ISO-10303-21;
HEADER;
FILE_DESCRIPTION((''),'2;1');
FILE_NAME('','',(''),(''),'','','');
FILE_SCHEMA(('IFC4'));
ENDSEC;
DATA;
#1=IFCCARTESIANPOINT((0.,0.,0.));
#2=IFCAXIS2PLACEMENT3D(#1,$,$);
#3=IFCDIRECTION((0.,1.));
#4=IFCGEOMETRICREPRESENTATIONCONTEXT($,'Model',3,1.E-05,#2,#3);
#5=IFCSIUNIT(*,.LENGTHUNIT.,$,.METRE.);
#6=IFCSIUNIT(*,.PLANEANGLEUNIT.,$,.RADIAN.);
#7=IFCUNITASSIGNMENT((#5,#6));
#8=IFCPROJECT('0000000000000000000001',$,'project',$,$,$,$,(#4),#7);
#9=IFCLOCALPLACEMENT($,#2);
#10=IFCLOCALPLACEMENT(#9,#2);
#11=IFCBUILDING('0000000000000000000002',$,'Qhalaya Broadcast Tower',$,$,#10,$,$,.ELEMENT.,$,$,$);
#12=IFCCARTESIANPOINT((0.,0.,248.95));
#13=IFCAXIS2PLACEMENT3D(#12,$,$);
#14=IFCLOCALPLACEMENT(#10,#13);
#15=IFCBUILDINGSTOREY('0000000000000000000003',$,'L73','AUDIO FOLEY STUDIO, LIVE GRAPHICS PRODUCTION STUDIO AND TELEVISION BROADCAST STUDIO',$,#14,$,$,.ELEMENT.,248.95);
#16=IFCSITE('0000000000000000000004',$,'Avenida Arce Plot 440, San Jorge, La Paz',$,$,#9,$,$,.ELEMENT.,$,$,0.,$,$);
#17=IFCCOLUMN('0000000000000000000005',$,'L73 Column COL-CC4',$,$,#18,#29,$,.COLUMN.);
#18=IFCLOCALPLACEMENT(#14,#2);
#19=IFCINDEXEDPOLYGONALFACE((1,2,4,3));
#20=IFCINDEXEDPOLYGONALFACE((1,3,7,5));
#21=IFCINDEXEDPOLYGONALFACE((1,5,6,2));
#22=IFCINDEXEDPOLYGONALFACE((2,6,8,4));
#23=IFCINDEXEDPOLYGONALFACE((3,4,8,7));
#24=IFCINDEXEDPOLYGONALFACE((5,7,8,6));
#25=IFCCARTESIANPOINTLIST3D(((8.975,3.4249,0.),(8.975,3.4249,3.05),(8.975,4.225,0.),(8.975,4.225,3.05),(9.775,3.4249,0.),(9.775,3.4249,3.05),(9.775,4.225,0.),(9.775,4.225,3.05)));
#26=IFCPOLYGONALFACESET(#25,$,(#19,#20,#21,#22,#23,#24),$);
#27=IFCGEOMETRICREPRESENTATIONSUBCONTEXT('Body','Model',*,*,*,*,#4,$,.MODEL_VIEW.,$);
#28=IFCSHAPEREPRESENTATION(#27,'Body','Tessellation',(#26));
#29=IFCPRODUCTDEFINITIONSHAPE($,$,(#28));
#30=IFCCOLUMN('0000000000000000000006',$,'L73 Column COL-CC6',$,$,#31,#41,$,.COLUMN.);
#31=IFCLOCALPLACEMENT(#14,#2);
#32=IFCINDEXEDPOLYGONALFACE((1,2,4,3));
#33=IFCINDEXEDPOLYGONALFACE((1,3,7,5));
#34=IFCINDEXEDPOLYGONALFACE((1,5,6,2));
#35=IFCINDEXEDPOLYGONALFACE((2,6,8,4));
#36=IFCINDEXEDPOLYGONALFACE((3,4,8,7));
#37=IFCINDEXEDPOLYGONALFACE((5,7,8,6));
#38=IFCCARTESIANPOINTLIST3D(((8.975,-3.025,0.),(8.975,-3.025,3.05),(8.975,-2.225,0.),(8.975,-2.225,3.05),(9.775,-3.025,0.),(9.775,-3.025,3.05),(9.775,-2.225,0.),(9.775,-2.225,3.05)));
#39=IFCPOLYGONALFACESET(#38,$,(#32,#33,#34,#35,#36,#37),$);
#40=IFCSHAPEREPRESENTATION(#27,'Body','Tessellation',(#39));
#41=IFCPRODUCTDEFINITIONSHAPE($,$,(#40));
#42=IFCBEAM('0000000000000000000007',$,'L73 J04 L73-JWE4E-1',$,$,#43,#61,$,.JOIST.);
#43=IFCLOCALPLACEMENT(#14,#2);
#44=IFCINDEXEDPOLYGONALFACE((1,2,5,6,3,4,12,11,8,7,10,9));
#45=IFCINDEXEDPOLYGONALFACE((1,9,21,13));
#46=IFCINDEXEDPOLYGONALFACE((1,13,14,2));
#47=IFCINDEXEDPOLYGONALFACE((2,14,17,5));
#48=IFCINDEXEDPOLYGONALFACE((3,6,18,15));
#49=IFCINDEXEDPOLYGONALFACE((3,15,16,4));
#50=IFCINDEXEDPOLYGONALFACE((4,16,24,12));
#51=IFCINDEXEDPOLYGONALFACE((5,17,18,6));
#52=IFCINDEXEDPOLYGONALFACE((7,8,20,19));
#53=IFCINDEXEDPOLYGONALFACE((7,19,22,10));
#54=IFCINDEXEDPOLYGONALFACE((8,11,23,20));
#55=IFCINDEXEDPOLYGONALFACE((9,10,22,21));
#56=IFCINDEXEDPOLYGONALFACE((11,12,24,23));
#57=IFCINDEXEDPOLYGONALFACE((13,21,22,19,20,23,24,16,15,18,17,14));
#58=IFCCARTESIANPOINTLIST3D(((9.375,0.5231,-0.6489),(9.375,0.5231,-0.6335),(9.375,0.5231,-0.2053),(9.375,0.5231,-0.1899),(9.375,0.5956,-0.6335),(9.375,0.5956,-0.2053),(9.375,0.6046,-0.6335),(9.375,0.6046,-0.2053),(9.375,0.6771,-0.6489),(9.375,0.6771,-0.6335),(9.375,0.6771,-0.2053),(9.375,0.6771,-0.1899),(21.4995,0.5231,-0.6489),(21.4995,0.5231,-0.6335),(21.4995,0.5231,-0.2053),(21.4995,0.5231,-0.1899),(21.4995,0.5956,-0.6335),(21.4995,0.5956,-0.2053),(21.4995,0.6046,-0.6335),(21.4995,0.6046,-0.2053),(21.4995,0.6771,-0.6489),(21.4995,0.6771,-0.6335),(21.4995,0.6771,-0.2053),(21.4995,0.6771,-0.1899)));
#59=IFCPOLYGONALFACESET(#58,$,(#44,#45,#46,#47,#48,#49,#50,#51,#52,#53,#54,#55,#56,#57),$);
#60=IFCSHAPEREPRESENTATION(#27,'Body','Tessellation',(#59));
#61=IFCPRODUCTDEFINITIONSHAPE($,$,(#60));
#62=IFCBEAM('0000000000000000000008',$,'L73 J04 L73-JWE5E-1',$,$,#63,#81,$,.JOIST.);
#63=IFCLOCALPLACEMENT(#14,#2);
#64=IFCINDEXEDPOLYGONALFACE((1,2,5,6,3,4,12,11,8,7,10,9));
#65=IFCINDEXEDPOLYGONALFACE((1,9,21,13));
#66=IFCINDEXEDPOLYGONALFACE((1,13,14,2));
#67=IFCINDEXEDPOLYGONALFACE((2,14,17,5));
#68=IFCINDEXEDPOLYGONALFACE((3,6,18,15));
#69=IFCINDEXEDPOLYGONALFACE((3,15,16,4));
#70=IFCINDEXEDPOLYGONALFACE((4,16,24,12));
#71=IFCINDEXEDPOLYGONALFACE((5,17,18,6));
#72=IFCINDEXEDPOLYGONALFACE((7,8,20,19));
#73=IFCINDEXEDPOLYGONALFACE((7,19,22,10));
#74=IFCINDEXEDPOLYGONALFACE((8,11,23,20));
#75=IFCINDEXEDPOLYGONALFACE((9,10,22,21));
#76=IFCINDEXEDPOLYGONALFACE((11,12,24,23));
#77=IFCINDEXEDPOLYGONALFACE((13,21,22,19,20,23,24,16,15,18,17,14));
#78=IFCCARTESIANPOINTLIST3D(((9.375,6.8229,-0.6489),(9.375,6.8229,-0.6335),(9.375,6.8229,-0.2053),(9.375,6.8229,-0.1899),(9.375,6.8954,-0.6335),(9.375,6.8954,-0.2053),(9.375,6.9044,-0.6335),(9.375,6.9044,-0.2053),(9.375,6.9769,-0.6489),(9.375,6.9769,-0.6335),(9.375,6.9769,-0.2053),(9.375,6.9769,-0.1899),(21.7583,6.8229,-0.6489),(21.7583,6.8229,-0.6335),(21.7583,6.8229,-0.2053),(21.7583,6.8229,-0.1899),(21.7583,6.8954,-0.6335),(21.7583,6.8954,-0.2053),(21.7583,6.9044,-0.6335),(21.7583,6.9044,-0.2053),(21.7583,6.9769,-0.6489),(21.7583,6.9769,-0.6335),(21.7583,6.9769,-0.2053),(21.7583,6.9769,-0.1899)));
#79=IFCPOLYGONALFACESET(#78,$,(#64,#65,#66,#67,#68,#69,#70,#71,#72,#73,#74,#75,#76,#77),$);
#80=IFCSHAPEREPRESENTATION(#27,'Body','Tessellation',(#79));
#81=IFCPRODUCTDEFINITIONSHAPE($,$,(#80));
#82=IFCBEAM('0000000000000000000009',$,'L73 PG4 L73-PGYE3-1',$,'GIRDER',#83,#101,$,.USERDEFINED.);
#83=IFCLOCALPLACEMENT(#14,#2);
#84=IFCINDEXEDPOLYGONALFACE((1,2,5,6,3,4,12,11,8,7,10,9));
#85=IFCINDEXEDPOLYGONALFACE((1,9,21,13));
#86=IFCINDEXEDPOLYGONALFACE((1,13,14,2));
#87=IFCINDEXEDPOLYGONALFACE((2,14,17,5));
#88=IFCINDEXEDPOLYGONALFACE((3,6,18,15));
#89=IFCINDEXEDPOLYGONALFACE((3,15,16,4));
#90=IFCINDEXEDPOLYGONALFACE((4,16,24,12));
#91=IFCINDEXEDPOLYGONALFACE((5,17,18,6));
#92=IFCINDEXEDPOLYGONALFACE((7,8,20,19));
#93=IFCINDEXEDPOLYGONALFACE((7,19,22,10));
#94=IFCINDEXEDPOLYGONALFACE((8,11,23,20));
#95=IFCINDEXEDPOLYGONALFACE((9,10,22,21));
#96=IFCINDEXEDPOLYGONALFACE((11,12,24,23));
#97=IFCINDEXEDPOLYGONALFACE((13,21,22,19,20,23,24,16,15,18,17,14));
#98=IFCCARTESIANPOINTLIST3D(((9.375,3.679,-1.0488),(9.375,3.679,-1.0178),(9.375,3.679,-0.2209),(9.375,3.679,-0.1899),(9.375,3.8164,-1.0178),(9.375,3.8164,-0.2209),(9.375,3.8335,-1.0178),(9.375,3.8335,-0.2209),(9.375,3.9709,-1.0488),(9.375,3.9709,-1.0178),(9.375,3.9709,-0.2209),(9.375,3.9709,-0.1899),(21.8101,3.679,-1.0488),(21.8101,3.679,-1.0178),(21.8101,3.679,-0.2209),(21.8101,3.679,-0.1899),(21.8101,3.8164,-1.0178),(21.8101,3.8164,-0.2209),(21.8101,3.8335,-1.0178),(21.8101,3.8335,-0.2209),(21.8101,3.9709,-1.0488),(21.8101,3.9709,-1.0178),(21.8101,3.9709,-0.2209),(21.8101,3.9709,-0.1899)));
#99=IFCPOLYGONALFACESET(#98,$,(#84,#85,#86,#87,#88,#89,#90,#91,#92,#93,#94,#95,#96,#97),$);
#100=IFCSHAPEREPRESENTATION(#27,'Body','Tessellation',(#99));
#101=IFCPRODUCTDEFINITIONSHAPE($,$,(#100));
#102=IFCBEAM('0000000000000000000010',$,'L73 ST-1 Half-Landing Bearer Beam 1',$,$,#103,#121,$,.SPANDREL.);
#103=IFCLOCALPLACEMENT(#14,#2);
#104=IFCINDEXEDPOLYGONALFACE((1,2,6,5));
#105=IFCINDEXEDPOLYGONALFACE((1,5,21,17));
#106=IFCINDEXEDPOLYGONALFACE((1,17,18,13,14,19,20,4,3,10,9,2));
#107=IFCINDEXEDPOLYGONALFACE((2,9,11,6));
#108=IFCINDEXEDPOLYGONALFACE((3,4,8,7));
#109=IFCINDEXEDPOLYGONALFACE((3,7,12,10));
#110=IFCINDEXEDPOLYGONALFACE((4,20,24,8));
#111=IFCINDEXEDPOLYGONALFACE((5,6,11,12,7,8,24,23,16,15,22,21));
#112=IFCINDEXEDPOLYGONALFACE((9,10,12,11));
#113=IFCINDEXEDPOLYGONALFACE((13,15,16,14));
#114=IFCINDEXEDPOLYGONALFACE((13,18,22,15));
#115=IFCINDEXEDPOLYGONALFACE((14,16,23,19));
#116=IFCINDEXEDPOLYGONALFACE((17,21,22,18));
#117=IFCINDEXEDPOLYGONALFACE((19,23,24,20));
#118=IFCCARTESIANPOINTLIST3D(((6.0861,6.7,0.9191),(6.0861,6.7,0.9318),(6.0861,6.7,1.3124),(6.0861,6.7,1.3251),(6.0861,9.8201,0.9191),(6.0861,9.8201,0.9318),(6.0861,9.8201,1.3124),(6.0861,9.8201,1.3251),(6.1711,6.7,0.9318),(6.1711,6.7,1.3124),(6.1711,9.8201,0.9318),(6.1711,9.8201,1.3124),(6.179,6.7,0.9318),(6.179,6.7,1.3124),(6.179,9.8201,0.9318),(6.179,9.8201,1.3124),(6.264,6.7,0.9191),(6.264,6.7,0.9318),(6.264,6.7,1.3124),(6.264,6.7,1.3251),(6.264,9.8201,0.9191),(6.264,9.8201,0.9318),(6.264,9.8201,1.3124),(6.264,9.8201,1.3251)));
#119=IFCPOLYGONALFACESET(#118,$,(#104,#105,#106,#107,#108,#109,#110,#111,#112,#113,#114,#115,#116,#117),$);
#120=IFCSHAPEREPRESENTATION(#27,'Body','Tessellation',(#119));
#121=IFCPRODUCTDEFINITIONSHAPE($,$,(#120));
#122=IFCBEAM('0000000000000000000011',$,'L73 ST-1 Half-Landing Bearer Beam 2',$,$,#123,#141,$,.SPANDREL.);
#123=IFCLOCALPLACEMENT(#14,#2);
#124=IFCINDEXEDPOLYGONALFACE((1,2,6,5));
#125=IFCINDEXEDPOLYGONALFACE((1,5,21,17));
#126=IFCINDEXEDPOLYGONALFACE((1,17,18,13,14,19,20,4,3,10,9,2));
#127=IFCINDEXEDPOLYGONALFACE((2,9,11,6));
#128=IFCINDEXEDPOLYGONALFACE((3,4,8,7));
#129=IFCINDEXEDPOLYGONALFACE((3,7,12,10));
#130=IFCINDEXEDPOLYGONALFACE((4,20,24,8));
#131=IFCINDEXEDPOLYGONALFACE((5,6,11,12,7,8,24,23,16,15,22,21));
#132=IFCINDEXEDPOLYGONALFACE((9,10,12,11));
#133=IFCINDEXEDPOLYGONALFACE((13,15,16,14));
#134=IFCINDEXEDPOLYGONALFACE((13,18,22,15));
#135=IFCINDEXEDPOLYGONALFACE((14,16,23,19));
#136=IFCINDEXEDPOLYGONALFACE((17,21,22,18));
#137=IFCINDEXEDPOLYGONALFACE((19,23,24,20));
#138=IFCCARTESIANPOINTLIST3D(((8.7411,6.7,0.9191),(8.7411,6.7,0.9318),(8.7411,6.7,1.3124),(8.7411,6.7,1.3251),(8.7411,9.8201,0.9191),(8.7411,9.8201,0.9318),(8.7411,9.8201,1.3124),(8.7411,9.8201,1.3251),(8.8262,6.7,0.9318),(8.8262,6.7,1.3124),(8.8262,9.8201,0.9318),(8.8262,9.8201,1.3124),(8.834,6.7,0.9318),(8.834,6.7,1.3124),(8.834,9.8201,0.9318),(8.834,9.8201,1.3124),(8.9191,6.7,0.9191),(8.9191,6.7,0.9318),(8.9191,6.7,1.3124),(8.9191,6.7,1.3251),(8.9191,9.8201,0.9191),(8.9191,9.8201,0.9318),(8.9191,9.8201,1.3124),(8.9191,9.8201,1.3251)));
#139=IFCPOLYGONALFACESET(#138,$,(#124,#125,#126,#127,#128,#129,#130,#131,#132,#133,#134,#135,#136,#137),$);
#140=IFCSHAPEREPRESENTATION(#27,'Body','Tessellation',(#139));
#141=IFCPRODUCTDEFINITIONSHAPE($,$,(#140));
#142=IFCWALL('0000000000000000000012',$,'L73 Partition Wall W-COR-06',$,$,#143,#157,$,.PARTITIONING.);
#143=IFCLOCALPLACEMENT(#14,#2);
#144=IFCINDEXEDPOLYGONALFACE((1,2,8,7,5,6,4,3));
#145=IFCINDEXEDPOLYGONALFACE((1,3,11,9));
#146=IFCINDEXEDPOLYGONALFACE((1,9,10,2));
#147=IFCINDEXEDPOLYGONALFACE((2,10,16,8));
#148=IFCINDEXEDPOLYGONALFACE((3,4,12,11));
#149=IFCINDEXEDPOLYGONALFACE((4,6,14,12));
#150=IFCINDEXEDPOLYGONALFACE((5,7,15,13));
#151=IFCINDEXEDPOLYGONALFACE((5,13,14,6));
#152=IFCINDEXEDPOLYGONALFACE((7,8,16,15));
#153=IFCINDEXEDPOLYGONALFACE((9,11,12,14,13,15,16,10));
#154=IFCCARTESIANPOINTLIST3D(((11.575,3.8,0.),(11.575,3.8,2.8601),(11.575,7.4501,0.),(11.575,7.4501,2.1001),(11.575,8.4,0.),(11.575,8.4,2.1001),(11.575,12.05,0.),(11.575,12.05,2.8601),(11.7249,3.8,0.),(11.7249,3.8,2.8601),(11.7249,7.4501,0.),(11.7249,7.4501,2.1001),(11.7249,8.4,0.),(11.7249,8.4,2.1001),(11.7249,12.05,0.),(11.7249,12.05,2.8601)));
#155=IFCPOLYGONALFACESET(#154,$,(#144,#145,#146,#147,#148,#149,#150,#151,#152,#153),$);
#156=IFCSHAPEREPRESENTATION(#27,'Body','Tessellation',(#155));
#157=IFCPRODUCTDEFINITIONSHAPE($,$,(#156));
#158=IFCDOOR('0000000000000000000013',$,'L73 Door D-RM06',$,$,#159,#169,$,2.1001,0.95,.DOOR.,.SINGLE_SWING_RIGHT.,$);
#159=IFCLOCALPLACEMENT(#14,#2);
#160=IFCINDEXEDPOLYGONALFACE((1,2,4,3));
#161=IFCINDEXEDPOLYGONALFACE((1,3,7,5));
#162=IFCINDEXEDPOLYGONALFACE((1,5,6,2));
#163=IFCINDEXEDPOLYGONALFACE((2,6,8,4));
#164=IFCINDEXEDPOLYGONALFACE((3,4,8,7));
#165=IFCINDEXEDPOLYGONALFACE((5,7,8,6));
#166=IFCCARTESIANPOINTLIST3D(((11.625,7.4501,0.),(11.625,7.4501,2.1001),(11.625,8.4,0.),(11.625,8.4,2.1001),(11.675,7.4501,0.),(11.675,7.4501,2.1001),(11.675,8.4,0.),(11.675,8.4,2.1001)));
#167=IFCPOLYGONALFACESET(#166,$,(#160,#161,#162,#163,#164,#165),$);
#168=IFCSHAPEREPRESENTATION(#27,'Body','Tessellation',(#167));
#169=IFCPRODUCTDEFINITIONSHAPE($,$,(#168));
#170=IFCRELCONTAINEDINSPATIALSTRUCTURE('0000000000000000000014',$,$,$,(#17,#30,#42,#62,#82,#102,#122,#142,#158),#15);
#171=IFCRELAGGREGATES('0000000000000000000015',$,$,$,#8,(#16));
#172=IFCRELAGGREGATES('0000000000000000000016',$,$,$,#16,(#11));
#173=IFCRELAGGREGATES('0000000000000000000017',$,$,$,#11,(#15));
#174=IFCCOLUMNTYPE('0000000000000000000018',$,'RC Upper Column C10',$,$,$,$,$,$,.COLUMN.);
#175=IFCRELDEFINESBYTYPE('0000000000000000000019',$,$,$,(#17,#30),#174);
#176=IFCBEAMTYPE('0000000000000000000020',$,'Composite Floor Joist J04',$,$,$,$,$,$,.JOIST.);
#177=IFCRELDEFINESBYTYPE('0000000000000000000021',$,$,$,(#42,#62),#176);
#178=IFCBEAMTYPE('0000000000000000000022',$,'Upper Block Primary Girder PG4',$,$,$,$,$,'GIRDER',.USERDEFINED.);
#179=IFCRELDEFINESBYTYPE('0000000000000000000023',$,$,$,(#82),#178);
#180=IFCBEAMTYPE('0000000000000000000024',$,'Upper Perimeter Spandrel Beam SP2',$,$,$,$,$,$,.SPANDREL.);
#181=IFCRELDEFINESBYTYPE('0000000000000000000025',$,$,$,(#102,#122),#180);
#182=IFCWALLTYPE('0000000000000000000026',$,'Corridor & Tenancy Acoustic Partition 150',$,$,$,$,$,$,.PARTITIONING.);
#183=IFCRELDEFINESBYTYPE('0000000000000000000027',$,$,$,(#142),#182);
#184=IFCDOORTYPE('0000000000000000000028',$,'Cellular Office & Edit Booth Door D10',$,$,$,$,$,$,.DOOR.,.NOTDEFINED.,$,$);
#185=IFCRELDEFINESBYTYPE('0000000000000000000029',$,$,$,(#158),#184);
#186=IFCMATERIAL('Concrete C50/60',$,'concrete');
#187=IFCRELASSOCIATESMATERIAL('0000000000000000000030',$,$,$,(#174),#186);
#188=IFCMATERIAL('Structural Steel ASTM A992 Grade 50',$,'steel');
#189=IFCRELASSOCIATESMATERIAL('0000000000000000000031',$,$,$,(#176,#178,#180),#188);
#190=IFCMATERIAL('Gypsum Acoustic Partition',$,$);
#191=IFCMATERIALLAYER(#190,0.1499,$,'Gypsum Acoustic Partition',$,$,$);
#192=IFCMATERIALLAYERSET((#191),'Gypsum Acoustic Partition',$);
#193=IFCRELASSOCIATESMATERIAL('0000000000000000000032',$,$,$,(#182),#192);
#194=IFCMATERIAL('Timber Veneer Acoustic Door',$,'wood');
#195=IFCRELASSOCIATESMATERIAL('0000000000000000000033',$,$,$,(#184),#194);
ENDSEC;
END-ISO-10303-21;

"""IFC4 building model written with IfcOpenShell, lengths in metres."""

from ifc_helpers import new_model, si_unit, direction, frame, frame_2d, origin, origin_2d, place, context, subcontext, project, spatial, rectangle, i_section, extrude, material, layer, layer_set, material_profile, profile_set, type_object, element, fill, save


model = new_model("IFC4")

# Units and contexts
model_context = context("Model", 3, precision=1e-05, world=origin(), true_north=direction((0.0, 1.0)))
body_context = subcontext(model_context, "Body", "Model", "MODEL_VIEW")
ifc_project = project(units=[si_unit("LENGTHUNIT", "METRE"), si_unit("PLANEANGLEUNIT", "RADIAN")], contexts=[model_context])

# Site, building, storey
site_placement = place(None, origin())
site = spatial("IfcSite", under=ifc_project, at=site_placement, Name="Avenida Arce Plot 440, San Jorge, La Paz", CompositionType="ELEMENT", RefElevation=0.0)
building_placement = place(site_placement, origin())
building = spatial("IfcBuilding", under=site, at=building_placement, Name="Qhalaya Broadcast Tower", CompositionType="ELEMENT")
storey_placement = place(building_placement, frame((0.0, 0.0, 248.95)))
storey = spatial("IfcBuildingStorey", under=building, at=storey_placement, Name="L73", Description="AUDIO FOLEY STUDIO, LIVE GRAPHICS PRODUCTION STUDIO AND TELEVISION BROADCAST STUDIO", CompositionType="ELEMENT", Elevation=248.95)

# Columns
ifc_material_1 = material(Name="Concrete C50/60", Category="concrete")
ifc_material_profile_1 = material_profile(ifc_material_1, rectangle(XDim=0.8, YDim=0.8, at=origin_2d()), Name="RC-COL 800x800")
ifc_profile_set_1 = profile_set([ifc_material_profile_1], Name="Concrete C50/60")
column_type = type_object("IfcColumnType", Name="RC Upper Column C10", PredefinedType="COLUMN", material=ifc_profile_set_1)
for number, where, z_axis, x_axis, name in (
    (1, (9.375, 3.825, 0.0), (0.0, 0.0, 1.0), (1.0, 0.0, 0.0), "L73 Column COL-CC4"),
    (2, (9.375, -2.625, 0.0), (0.0, 0.0, 1.0), (1.0, 0.0, 0.0), "L73 Column COL-CC6"),
):
    element("IfcColumn", number, at=place(storey_placement, frame(where, z_axis=z_axis, x_axis=x_axis)), inside=storey, type_object=column_type, Name=name, PredefinedType="COLUMN", context=body_context, shape_type="SweptSolid", body=[
        extrude(rectangle(XDim=0.8, YDim=0.8, at=origin_2d()), origin(), (0.0, 0.0, 1.0), 3.05),
    ])

# Beams
ifc_material_2 = material(Name="Structural Steel ASTM A992 Grade 50", Category="steel")
ifc_material_profile_2 = material_profile(ifc_material_2, i_section(OverallWidth=0.1541, OverallDepth=0.459, WebThickness=0.009, FlangeThickness=0.0154, at=origin_2d()), Name="W18X46")
ifc_profile_set_2 = profile_set([ifc_material_profile_2], Name="Structural Steel ASTM A992 Grade 50")
beam_type_1 = type_object("IfcBeamType", Name="Composite Floor Joist J04", PredefinedType="JOIST", material=ifc_profile_set_2)
beam_1_placement = place(storey_placement, frame((9.375, 0.6001, -0.4194), z_axis=(1.0, 0.0, 0.0), x_axis=(0.0, 1.0, 0.0)))
element("IfcBeam", 3, at=beam_1_placement, inside=storey, type_object=beam_type_1, Name="L73 J04 L73-JWE4E-1", PredefinedType="JOIST", context=body_context, shape_type="SweptSolid", body=[
    extrude(i_section(OverallWidth=0.1541, OverallDepth=0.459, WebThickness=0.009, FlangeThickness=0.0154, at=origin_2d()), origin(), (0.0, 0.0, 1.0), 12.1245),
])
beam_2_placement = place(storey_placement, frame((9.375, 6.8999, -0.4194), z_axis=(1.0, 0.0, 0.0), x_axis=(0.0, 1.0, 0.0)))
element("IfcBeam", 4, at=beam_2_placement, inside=storey, type_object=beam_type_1, Name="L73 J04 L73-JWE5E-1", PredefinedType="JOIST", context=body_context, shape_type="SweptSolid", body=[
    extrude(i_section(OverallWidth=0.1541, OverallDepth=0.459, WebThickness=0.009, FlangeThickness=0.0154, at=origin_2d()), origin(), (0.0, 0.0, 1.0), 12.3833),
])
ifc_material_profile_3 = material_profile(ifc_material_2, i_section(OverallWidth=0.292, OverallDepth=0.8589, WebThickness=0.0171, FlangeThickness=0.031, at=origin_2d()), Name="W33X169")
ifc_profile_set_3 = profile_set([ifc_material_profile_3], Name="Structural Steel ASTM A992 Grade 50")
beam_type_2 = type_object("IfcBeamType", Name="Upper Block Primary Girder PG4", ElementType="GIRDER", PredefinedType="USERDEFINED", material=ifc_profile_set_3)
beam_3_placement = place(storey_placement, frame((9.375, 3.825, -0.6194), z_axis=(1.0, 0.0, 0.0), x_axis=(0.0, 1.0, 0.0)))
element("IfcBeam", 5, at=beam_3_placement, inside=storey, type_object=beam_type_2, Name="L73 PG4 L73-PGYE3-1", ObjectType="GIRDER", PredefinedType="USERDEFINED", context=body_context, shape_type="SweptSolid", body=[
    extrude(i_section(OverallWidth=0.292, OverallDepth=0.8589, WebThickness=0.0171, FlangeThickness=0.031, at=origin_2d()), origin(), (0.0, 0.0, 1.0), 12.4351),
])
ifc_material_profile_4 = material_profile(ifc_material_2, i_section(OverallWidth=0.178, OverallDepth=0.406, WebThickness=0.0078, FlangeThickness=0.0127, at=origin_2d()), Name="W16X40")
ifc_profile_set_4 = profile_set([ifc_material_profile_4], Name="Structural Steel ASTM A992 Grade 50")
beam_type_3 = type_object("IfcBeamType", Name="Upper Perimeter Spandrel Beam SP2", PredefinedType="SPANDREL", material=ifc_profile_set_4)
for number, where, z_axis, x_axis, name in (
    (6, (6.175, 6.7, 1.1221), (0.0, 1.0, 0.0), (-1.0, 0.0, 0.0), "L73 ST-1 Half-Landing Bearer Beam 1"),
    (7, (8.8301, 6.7, 1.1221), (0.0, 1.0, 0.0), (-1.0, 0.0, 0.0), "L73 ST-1 Half-Landing Bearer Beam 2"),
):
    element("IfcBeam", number, at=place(storey_placement, frame(where, z_axis=z_axis, x_axis=x_axis)), inside=storey, type_object=beam_type_3, Name=name, PredefinedType="SPANDREL", context=body_context, shape_type="SweptSolid", body=[
        extrude(i_section(OverallWidth=0.178, OverallDepth=0.406, WebThickness=0.0078, FlangeThickness=0.0127, at=origin_2d()), origin(), (0.0, 0.0, 1.0), 3.1201),
    ])

# Wall, opening, door
ifc_material_3 = material(Name="Gypsum Acoustic Partition")
ifc_layer_1 = layer(ifc_material_3, 0.1499, Name="Gypsum Acoustic Partition")
ifc_layer_set_1 = layer_set([ifc_layer_1], Name="Gypsum Acoustic Partition")
wall_type_1 = type_object("IfcWallType", Name="Corridor & Tenancy Acoustic Partition 150", PredefinedType="PARTITIONING", material=ifc_layer_set_1)
wall_1_placement = place(storey_placement, frame((11.6499, 3.8, 0.0), z_axis=(0.0, 0.0, 1.0), x_axis=(0.0, 1.0, 0.0)))
wall_1 = element("IfcWall", 8, at=wall_1_placement, inside=storey, type_object=wall_type_1, Name="L73 Partition Wall W-COR-06", PredefinedType="PARTITIONING", context=body_context, shape_type="SweptSolid", body=[
    extrude(rectangle(XDim=8.25, YDim=0.1499, at=frame_2d((4.125, 0.0))), origin(), (0.0, 0.0, 1.0), 2.8601),
])
opening_1_placement = place(wall_1_placement, frame((3.6499, 0.0, 0.0)))
opening_1 = element("IfcOpeningElement", 9, at=opening_1_placement, cuts=wall_1, PredefinedType="OPENING", context=body_context, shape_type="SweptSolid", body=[
    extrude(rectangle(XDim=0.95, YDim=2.1001, at=frame_2d((0.4751, 1.05))), frame((0.0, 0.0869, 0.0), z_axis=(0.0, -1.0, 0.0), x_axis=(1.0, 0.0, 0.0)), (0.0, 0.0, 1.0), 0.1738),
])
ifc_material_4 = material(Name="Timber Veneer Acoustic Door", Category="wood")
door_type_1 = type_object("IfcDoorType", Name="Cellular Office & Edit Booth Door D10", OperationType="NOTDEFINED", PredefinedType="DOOR", material=ifc_material_4)
door_1_placement = place(opening_1_placement, origin())
door_1 = element("IfcDoor", 10, at=door_1_placement, inside=storey, type_object=door_type_1, Name="L73 Door D-RM06", OperationType="SINGLE_SWING_RIGHT", OverallHeight=2.1001, OverallWidth=0.95, PredefinedType="DOOR", context=body_context, shape_type="SweptSolid", body=[
    extrude(rectangle(XDim=0.95, YDim=2.1001, at=frame_2d((0.4751, 1.05))), frame((0.0, 0.0249, 0.0), z_axis=(0.0, -1.0, 0.0), x_axis=(1.0, 0.0, 0.0)), (0.0, 0.0, 1.0), 0.05),
])
fill(opening_1, door_1)

save(model, "model.ifc")
